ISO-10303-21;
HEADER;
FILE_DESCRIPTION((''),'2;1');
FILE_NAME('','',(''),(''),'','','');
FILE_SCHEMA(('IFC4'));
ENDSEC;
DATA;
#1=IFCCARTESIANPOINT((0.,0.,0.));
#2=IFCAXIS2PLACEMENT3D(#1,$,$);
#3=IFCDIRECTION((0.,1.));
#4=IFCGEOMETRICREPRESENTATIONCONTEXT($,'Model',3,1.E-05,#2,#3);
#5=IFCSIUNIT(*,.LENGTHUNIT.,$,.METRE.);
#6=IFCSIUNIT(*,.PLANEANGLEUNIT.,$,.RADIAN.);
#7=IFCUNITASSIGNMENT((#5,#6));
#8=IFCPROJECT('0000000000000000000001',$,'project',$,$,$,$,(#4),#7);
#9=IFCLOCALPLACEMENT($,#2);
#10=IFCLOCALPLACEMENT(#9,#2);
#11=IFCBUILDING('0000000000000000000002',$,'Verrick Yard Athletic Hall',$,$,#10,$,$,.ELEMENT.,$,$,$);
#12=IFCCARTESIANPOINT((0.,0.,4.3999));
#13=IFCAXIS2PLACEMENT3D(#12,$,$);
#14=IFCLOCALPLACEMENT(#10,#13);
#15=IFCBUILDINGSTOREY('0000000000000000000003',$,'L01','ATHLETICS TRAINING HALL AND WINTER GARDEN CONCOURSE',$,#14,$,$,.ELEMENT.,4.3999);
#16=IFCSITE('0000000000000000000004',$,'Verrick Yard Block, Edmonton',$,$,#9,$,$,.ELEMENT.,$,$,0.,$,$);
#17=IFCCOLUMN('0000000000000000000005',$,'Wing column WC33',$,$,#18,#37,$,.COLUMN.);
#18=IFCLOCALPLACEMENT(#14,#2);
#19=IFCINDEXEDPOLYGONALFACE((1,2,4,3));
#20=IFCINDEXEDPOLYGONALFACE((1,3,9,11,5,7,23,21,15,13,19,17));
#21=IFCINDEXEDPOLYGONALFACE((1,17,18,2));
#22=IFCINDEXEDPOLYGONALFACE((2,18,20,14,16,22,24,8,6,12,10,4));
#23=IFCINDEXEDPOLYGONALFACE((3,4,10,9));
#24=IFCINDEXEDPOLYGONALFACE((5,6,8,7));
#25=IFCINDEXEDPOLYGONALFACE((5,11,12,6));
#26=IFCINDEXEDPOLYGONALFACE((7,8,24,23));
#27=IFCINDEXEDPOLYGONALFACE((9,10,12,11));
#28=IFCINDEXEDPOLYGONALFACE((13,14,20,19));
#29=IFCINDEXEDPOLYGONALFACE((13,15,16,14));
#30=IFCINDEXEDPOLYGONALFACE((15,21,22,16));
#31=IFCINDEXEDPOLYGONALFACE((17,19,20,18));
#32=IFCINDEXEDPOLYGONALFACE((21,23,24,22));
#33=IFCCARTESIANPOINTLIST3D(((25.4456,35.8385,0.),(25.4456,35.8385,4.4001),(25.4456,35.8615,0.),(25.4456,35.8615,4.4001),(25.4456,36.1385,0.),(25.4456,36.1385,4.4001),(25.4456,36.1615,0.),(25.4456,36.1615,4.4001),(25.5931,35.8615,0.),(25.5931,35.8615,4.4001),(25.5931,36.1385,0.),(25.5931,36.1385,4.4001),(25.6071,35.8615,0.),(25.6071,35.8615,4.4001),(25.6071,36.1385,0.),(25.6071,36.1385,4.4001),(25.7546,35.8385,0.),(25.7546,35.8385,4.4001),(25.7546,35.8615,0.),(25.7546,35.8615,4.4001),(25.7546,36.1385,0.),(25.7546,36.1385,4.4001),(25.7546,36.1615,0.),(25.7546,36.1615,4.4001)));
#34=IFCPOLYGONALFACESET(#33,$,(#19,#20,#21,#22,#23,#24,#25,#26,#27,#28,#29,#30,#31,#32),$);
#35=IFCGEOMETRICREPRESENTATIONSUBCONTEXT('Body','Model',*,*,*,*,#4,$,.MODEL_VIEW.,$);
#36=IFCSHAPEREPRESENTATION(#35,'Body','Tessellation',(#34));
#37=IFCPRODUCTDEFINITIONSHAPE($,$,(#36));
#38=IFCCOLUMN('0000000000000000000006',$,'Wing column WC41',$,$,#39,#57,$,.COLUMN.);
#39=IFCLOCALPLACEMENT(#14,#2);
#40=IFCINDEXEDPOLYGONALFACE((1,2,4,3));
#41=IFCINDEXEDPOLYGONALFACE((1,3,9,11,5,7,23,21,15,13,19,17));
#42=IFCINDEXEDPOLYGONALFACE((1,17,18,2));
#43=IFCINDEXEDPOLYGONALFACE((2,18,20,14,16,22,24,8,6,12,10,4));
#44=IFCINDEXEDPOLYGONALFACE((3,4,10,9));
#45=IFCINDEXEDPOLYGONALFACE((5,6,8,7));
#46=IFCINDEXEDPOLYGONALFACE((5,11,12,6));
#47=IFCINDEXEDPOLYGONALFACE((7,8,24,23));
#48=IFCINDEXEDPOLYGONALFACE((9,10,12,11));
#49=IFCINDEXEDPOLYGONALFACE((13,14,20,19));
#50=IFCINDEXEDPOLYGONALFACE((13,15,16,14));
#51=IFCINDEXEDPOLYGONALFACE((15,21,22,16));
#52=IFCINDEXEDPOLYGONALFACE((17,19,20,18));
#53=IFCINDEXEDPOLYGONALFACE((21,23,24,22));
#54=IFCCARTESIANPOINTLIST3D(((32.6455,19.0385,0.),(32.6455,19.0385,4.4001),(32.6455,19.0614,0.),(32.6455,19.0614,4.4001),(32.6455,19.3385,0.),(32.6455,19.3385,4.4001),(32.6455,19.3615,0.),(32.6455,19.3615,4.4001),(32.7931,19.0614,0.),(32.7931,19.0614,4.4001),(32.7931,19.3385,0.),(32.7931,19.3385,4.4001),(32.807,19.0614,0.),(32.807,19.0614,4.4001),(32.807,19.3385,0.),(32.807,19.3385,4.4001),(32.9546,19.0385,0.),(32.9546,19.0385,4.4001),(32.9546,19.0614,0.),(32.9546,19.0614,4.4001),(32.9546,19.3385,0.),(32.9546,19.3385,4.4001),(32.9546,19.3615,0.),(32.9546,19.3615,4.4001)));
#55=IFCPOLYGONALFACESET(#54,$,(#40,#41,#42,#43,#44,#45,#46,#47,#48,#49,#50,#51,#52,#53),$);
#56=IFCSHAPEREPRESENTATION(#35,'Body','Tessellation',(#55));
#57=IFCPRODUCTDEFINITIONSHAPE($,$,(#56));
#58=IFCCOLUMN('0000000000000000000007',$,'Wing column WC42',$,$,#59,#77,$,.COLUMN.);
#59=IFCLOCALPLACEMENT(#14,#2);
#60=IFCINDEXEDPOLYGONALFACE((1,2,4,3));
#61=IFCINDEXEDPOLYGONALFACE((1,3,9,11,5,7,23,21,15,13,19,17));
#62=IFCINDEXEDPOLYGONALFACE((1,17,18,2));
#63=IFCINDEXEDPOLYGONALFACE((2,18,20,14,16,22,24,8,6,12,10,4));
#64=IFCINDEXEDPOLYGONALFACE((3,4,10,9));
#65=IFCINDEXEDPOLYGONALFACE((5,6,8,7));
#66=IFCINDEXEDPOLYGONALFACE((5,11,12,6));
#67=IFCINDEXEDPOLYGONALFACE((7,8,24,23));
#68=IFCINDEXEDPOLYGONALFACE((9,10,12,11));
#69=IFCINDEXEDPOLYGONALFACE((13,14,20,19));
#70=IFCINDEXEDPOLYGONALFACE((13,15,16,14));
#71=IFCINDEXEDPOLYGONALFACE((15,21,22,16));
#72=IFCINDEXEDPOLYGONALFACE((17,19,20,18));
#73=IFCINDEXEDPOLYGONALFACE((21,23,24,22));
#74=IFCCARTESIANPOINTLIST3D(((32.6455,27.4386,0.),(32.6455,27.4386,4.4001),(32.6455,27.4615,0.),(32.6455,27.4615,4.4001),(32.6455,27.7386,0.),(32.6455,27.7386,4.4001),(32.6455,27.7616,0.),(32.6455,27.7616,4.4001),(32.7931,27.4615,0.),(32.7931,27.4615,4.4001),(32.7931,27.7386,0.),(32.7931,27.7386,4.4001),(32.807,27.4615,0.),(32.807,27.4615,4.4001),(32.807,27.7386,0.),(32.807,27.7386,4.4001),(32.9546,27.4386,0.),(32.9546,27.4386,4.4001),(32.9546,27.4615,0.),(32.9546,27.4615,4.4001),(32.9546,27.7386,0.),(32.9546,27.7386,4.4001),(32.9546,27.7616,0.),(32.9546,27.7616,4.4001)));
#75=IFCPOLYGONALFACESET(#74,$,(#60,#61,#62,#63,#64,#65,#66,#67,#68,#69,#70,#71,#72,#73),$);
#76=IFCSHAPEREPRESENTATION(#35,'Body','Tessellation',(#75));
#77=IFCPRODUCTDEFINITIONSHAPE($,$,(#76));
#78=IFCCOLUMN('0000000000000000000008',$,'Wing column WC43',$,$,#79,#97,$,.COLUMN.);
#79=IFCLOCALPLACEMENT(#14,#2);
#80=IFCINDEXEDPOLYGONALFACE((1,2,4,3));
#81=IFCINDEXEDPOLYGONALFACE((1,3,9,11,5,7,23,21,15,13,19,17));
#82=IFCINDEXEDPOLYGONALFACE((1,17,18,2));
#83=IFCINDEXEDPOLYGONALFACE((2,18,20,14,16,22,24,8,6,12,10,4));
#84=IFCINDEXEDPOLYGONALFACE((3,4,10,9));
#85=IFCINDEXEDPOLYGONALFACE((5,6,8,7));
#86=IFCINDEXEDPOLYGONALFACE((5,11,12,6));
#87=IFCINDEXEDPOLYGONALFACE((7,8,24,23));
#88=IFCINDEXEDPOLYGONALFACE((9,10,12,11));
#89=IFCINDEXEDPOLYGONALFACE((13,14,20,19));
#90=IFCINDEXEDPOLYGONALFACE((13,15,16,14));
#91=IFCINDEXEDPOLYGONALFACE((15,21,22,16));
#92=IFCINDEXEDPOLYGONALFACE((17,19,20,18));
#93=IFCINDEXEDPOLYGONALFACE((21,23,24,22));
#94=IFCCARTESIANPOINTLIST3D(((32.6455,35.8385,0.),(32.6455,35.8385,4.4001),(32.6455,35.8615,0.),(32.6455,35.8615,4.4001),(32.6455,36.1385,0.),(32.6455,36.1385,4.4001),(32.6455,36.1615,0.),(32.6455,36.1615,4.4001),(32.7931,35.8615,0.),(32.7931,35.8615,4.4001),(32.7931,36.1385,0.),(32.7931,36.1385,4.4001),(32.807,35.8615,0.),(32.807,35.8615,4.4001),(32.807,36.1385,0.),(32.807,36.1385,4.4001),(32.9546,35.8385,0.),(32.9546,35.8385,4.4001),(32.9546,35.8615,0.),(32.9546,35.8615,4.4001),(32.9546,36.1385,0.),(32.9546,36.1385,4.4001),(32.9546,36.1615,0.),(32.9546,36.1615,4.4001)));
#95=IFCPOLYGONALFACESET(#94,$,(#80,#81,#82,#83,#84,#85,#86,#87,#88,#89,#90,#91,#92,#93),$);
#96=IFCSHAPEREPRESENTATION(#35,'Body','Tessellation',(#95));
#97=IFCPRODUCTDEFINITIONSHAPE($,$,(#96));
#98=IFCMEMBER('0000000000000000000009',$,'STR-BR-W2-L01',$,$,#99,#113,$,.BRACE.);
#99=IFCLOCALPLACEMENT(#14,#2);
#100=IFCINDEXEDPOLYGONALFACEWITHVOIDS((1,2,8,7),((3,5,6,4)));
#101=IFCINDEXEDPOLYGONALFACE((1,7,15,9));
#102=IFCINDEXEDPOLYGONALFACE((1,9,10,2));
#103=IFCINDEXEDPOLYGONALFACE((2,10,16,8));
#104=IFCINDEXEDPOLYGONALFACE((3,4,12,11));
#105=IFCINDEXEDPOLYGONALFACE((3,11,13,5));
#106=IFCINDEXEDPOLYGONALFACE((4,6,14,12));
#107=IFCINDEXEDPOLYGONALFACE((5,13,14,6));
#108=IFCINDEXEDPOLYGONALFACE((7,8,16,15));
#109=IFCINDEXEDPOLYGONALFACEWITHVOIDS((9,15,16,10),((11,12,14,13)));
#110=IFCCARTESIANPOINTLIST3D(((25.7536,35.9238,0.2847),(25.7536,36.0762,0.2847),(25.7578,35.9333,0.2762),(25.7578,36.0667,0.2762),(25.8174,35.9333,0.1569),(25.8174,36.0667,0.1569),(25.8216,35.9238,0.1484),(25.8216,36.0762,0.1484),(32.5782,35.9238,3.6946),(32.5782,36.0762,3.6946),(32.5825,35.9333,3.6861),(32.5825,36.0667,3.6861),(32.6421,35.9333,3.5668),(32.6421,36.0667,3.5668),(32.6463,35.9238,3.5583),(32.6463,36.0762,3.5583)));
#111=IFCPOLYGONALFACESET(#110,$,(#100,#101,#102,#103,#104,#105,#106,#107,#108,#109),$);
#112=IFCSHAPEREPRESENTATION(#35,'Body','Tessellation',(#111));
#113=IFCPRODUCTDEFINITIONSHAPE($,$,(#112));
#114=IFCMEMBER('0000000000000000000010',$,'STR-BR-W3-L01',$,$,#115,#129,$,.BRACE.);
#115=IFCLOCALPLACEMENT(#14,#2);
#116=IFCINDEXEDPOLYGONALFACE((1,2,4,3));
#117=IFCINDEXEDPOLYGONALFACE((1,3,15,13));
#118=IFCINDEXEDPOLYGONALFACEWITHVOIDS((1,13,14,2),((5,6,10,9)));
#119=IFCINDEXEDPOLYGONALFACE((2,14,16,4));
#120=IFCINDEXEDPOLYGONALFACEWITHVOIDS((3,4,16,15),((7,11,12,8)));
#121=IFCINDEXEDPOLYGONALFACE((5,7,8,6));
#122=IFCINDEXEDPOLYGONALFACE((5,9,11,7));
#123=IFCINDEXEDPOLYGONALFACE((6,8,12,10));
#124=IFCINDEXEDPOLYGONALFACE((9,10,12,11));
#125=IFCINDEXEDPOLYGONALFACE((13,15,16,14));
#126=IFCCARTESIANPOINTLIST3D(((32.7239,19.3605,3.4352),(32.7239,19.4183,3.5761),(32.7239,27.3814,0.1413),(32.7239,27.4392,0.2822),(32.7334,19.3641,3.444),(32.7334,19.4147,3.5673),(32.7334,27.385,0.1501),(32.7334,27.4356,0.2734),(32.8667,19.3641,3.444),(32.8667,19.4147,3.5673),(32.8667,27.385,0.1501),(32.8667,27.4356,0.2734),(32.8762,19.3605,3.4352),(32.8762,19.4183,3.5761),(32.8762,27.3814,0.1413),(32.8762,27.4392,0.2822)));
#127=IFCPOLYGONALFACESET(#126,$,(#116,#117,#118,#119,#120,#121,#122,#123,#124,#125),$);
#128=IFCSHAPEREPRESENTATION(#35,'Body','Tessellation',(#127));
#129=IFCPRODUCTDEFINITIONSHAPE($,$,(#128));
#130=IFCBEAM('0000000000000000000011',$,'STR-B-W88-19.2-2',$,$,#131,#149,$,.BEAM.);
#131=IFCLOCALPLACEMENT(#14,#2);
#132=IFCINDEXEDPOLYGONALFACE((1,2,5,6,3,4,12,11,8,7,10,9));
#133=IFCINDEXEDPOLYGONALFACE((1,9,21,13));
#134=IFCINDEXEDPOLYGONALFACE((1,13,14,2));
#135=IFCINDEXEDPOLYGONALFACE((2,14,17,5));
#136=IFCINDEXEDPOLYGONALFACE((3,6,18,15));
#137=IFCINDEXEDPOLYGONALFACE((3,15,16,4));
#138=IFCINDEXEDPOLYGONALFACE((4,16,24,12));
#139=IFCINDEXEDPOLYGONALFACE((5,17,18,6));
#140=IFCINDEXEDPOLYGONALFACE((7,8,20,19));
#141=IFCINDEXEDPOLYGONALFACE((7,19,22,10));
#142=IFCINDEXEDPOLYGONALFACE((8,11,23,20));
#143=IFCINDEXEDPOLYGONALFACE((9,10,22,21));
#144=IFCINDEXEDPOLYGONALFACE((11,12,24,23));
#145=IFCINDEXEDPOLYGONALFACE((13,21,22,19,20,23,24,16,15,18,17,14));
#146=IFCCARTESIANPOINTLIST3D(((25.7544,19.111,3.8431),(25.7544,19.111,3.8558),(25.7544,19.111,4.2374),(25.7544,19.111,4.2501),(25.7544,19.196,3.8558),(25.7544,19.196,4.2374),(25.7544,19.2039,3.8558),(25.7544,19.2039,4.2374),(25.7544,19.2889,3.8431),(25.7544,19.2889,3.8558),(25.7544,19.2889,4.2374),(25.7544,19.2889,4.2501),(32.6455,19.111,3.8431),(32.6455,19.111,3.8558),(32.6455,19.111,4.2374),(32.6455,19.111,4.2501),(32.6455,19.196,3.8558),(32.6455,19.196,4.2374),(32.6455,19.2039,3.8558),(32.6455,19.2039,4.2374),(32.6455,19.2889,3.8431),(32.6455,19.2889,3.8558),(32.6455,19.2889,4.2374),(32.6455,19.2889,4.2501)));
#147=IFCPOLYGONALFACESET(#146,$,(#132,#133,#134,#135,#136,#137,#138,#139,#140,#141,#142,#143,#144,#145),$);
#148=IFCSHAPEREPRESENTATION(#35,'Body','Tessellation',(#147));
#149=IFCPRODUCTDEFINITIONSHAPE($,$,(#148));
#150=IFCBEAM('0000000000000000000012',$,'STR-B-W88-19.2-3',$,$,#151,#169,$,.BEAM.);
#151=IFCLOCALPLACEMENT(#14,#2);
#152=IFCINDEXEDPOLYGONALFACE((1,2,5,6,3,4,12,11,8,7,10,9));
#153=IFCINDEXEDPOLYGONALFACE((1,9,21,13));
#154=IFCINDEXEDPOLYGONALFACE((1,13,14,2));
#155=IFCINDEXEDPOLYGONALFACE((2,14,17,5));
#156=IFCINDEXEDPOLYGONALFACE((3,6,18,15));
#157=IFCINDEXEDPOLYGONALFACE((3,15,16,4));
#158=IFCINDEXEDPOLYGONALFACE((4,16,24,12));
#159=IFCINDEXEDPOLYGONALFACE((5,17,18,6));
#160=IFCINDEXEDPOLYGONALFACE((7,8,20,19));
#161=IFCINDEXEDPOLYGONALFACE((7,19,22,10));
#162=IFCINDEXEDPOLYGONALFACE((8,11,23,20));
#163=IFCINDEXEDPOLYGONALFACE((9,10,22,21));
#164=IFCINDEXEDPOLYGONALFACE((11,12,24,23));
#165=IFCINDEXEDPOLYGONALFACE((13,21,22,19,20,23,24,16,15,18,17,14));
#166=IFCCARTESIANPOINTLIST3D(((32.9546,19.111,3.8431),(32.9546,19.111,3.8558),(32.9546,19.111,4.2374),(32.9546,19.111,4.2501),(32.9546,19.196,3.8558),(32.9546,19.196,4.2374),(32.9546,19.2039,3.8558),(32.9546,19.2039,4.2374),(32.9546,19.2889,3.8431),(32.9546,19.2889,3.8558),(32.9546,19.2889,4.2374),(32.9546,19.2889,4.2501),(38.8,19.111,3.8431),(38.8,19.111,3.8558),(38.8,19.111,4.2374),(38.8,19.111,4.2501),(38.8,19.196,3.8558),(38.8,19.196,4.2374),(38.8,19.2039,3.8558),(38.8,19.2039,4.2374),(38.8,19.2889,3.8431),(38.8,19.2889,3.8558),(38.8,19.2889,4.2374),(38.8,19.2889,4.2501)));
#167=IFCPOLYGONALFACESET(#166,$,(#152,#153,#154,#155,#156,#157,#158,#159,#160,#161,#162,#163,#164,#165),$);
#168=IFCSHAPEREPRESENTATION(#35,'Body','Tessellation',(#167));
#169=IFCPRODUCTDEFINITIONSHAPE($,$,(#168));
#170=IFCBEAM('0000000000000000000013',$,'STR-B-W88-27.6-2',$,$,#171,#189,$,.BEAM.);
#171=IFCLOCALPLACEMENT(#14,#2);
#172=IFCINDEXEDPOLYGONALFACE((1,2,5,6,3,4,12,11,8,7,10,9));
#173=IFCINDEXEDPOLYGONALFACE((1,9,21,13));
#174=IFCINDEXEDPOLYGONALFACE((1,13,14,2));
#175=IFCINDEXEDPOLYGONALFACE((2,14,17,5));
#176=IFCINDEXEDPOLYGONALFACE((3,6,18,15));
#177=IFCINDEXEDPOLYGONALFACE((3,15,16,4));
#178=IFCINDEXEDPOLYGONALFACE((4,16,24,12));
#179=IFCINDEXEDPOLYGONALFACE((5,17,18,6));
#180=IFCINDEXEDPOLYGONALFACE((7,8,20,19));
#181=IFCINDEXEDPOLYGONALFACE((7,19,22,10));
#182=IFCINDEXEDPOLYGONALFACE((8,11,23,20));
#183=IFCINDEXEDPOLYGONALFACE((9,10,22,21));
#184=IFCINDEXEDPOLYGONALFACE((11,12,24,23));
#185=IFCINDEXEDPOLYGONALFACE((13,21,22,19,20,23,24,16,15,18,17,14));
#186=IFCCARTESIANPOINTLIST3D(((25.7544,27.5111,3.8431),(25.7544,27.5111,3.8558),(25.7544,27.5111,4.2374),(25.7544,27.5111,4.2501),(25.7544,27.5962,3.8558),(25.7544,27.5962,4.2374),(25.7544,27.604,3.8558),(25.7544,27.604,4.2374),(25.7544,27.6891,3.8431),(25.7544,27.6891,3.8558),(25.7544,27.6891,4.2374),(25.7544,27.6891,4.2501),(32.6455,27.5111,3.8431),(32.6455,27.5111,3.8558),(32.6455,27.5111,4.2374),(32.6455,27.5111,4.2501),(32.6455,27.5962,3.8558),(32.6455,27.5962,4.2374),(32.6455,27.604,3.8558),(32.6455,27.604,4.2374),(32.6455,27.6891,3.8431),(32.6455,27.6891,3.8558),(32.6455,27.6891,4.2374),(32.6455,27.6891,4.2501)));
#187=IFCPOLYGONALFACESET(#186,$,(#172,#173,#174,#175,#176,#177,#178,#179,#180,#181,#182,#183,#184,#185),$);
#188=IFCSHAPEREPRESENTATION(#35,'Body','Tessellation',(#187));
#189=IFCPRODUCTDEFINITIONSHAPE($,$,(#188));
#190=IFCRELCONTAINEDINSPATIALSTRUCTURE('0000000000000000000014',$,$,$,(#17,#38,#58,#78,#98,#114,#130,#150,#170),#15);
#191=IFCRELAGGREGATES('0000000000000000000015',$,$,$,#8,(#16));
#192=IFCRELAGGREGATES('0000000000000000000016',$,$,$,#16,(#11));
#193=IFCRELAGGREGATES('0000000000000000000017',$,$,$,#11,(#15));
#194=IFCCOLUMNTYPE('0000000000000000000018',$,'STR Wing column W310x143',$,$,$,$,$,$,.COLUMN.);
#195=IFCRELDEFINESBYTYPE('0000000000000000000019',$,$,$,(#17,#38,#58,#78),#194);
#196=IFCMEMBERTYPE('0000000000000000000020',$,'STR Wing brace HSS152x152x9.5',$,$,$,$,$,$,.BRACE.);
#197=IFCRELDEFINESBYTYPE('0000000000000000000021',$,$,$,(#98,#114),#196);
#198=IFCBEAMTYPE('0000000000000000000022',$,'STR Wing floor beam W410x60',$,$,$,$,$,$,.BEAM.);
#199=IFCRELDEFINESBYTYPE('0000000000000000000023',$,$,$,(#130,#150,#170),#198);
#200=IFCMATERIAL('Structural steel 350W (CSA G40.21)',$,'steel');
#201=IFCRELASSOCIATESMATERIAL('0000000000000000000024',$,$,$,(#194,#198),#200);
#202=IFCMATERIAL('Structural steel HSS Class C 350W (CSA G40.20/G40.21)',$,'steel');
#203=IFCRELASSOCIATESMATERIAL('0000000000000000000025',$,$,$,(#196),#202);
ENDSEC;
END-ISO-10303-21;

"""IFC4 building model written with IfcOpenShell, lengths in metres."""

from ifc_helpers import new_model, si_unit, direction, frame, origin, origin_2d, place, context, subcontext, project, spatial, hollow_rectangle, i_section, extrude, material, material_profile, profile_set, type_object, element, save


model = new_model("IFC4")

# Units and contexts
model_context = context("Model", 3, precision=1e-05, world=origin(), true_north=direction((0.0, 1.0)))
body_context = subcontext(model_context, "Body", "Model", "MODEL_VIEW")
ifc_project = project(units=[si_unit("LENGTHUNIT", "METRE"), si_unit("PLANEANGLEUNIT", "RADIAN")], contexts=[model_context])

# Site, building, storey
site_placement = place(None, origin())
site = spatial("IfcSite", under=ifc_project, at=site_placement, Name="Verrick Yard Block, Edmonton", CompositionType="ELEMENT", RefElevation=0.0)
building_placement = place(site_placement, origin())
building = spatial("IfcBuilding", under=site, at=building_placement, Name="Verrick Yard Athletic Hall", CompositionType="ELEMENT")
storey_placement = place(building_placement, frame((0.0, 0.0, 4.3999)))
storey = spatial("IfcBuildingStorey", under=building, at=storey_placement, Name="L01", Description="ATHLETICS TRAINING HALL AND WINTER GARDEN CONCOURSE", CompositionType="ELEMENT", Elevation=4.3999)

# Columns
ifc_material_1 = material(Name="Structural steel 350W (CSA G40.21)", Category="steel")
ifc_material_profile_1 = material_profile(ifc_material_1, i_section(OverallWidth=0.3091, OverallDepth=0.323, WebThickness=0.0139, FlangeThickness=0.0229, at=origin_2d()), Name="W310x143")
ifc_profile_set_1 = profile_set([ifc_material_profile_1], Name="Structural steel 350W (CSA G40.21)")
column_type = type_object("IfcColumnType", Name="STR Wing column W310x143", PredefinedType="COLUMN", material=ifc_profile_set_1)
for number, where, z_axis, x_axis, name in (
    (1, (25.6001, 36.0, 0.0), (0.0, 0.0, 1.0), (1.0, 0.0, 0.0), "Wing column WC33"),
    (2, (32.8, 19.2, 0.0), (0.0, 0.0, 1.0), (1.0, 0.0, 0.0), "Wing column WC41"),
    (3, (32.8, 27.6001, 0.0), (0.0, 0.0, 1.0), (1.0, 0.0, 0.0), "Wing column WC42"),
    (4, (32.8, 36.0, 0.0), (0.0, 0.0, 1.0), (1.0, 0.0, 0.0), "Wing column WC43"),
):
    element("IfcColumn", number, at=place(storey_placement, frame(where, z_axis=z_axis, x_axis=x_axis)), inside=storey, type_object=column_type, Name=name, PredefinedType="COLUMN", context=body_context, shape_type="SweptSolid", body=[
        extrude(i_section(OverallWidth=0.3091, OverallDepth=0.323, WebThickness=0.0139, FlangeThickness=0.0229, at=origin_2d()), origin(), (0.0, 0.0, 1.0), 4.4001),
    ])

# Members
ifc_material_2 = material(Name="Structural steel HSS Class C 350W (CSA G40.20/G40.21)", Category="steel")
ifc_material_profile_2 = material_profile(ifc_material_2, hollow_rectangle(XDim=0.1523, YDim=0.1523, WallThickness=0.0095, at=origin_2d()), Name="HSS152x152x9.5")
ifc_profile_set_2 = profile_set([ifc_material_profile_2], Name="Structural steel HSS Class C 350W (CSA G40.20/G40.21)")
member_type = type_object("IfcMemberType", Name="STR Wing brace HSS152x152x9.5", PredefinedType="BRACE", material=ifc_profile_set_2)
member_1_placement = place(storey_placement, frame((25.7876, 36.0, 0.2166), z_axis=(0.894555, 0.0, 0.446958), x_axis=(0.0, 1.0, 0.0)))
element("IfcMember", 5, at=member_1_placement, inside=storey, type_object=member_type, Name="STR-BR-W2-L01", PredefinedType="BRACE", context=body_context, shape_type="SweptSolid", body=[
    extrude(hollow_rectangle(XDim=0.1523, YDim=0.1523, WallThickness=0.0095, at=origin_2d()), origin(), (0.0, 0.0, 1.0), 7.6292),
])
member_2_placement = place(storey_placement, frame((32.8, 19.3894, 3.5056), z_axis=(0.0, 0.925036, -0.37988), x_axis=(-1.0, 0.0, 0.0)))
element("IfcMember", 6, at=member_2_placement, inside=storey, type_object=member_type, Name="STR-BR-W3-L01", PredefinedType="BRACE", context=body_context, shape_type="SweptSolid", body=[
    extrude(hollow_rectangle(XDim=0.1523, YDim=0.1523, WallThickness=0.0095, at=origin_2d()), origin(), (0.0, 0.0, 1.0), 8.6709),
])

# Beams
ifc_material_profile_3 = material_profile(ifc_material_1, i_section(OverallWidth=0.178, OverallDepth=0.407, WebThickness=0.0078, FlangeThickness=0.0127, at=origin_2d()), Name="W410x60")
ifc_profile_set_3 = profile_set([ifc_material_profile_3], Name="Structural steel 350W (CSA G40.21)")
beam_type_1 = type_object("IfcBeamType", Name="STR Wing floor beam W410x60", PredefinedType="BEAM", material=ifc_profile_set_3)
beam_1_placement = place(storey_placement, frame((25.7544, 19.2, 4.0466), z_axis=(1.0, 0.0, 0.0), x_axis=(0.0, 1.0, 0.0)))
element("IfcBeam", 7, at=beam_1_placement, inside=storey, type_object=beam_type_1, Name="STR-B-W88-19.2-2", PredefinedType="BEAM", context=body_context, shape_type="SweptSolid", body=[
    extrude(i_section(OverallWidth=0.178, OverallDepth=0.407, WebThickness=0.0078, FlangeThickness=0.0127, at=origin_2d()), origin(), (0.0, 0.0, 1.0), 6.8911),
])
beam_2_placement = place(storey_placement, frame((32.9546, 19.2, 4.0466), z_axis=(1.0, 0.0, 0.0), x_axis=(0.0, 1.0, 0.0)))
element("IfcBeam", 8, at=beam_2_placement, inside=storey, type_object=beam_type_1, Name="STR-B-W88-19.2-3", PredefinedType="BEAM", context=body_context, shape_type="SweptSolid", body=[
    extrude(i_section(OverallWidth=0.178, OverallDepth=0.407, WebThickness=0.0078, FlangeThickness=0.0127, at=origin_2d()), origin(), (0.0, 0.0, 1.0), 5.8455),
])
beam_3_placement = place(storey_placement, frame((25.7544, 27.6001, 4.0466), z_axis=(1.0, 0.0, 0.0), x_axis=(0.0, 1.0, 0.0)))
element("IfcBeam", 9, at=beam_3_placement, inside=storey, type_object=beam_type_1, Name="STR-B-W88-27.6-2", PredefinedType="BEAM", context=body_context, shape_type="SweptSolid", body=[
    extrude(i_section(OverallWidth=0.178, OverallDepth=0.407, WebThickness=0.0078, FlangeThickness=0.0127, at=origin_2d()), origin(), (0.0, 0.0, 1.0), 6.8911),
])

save(model, "model.ifc")
